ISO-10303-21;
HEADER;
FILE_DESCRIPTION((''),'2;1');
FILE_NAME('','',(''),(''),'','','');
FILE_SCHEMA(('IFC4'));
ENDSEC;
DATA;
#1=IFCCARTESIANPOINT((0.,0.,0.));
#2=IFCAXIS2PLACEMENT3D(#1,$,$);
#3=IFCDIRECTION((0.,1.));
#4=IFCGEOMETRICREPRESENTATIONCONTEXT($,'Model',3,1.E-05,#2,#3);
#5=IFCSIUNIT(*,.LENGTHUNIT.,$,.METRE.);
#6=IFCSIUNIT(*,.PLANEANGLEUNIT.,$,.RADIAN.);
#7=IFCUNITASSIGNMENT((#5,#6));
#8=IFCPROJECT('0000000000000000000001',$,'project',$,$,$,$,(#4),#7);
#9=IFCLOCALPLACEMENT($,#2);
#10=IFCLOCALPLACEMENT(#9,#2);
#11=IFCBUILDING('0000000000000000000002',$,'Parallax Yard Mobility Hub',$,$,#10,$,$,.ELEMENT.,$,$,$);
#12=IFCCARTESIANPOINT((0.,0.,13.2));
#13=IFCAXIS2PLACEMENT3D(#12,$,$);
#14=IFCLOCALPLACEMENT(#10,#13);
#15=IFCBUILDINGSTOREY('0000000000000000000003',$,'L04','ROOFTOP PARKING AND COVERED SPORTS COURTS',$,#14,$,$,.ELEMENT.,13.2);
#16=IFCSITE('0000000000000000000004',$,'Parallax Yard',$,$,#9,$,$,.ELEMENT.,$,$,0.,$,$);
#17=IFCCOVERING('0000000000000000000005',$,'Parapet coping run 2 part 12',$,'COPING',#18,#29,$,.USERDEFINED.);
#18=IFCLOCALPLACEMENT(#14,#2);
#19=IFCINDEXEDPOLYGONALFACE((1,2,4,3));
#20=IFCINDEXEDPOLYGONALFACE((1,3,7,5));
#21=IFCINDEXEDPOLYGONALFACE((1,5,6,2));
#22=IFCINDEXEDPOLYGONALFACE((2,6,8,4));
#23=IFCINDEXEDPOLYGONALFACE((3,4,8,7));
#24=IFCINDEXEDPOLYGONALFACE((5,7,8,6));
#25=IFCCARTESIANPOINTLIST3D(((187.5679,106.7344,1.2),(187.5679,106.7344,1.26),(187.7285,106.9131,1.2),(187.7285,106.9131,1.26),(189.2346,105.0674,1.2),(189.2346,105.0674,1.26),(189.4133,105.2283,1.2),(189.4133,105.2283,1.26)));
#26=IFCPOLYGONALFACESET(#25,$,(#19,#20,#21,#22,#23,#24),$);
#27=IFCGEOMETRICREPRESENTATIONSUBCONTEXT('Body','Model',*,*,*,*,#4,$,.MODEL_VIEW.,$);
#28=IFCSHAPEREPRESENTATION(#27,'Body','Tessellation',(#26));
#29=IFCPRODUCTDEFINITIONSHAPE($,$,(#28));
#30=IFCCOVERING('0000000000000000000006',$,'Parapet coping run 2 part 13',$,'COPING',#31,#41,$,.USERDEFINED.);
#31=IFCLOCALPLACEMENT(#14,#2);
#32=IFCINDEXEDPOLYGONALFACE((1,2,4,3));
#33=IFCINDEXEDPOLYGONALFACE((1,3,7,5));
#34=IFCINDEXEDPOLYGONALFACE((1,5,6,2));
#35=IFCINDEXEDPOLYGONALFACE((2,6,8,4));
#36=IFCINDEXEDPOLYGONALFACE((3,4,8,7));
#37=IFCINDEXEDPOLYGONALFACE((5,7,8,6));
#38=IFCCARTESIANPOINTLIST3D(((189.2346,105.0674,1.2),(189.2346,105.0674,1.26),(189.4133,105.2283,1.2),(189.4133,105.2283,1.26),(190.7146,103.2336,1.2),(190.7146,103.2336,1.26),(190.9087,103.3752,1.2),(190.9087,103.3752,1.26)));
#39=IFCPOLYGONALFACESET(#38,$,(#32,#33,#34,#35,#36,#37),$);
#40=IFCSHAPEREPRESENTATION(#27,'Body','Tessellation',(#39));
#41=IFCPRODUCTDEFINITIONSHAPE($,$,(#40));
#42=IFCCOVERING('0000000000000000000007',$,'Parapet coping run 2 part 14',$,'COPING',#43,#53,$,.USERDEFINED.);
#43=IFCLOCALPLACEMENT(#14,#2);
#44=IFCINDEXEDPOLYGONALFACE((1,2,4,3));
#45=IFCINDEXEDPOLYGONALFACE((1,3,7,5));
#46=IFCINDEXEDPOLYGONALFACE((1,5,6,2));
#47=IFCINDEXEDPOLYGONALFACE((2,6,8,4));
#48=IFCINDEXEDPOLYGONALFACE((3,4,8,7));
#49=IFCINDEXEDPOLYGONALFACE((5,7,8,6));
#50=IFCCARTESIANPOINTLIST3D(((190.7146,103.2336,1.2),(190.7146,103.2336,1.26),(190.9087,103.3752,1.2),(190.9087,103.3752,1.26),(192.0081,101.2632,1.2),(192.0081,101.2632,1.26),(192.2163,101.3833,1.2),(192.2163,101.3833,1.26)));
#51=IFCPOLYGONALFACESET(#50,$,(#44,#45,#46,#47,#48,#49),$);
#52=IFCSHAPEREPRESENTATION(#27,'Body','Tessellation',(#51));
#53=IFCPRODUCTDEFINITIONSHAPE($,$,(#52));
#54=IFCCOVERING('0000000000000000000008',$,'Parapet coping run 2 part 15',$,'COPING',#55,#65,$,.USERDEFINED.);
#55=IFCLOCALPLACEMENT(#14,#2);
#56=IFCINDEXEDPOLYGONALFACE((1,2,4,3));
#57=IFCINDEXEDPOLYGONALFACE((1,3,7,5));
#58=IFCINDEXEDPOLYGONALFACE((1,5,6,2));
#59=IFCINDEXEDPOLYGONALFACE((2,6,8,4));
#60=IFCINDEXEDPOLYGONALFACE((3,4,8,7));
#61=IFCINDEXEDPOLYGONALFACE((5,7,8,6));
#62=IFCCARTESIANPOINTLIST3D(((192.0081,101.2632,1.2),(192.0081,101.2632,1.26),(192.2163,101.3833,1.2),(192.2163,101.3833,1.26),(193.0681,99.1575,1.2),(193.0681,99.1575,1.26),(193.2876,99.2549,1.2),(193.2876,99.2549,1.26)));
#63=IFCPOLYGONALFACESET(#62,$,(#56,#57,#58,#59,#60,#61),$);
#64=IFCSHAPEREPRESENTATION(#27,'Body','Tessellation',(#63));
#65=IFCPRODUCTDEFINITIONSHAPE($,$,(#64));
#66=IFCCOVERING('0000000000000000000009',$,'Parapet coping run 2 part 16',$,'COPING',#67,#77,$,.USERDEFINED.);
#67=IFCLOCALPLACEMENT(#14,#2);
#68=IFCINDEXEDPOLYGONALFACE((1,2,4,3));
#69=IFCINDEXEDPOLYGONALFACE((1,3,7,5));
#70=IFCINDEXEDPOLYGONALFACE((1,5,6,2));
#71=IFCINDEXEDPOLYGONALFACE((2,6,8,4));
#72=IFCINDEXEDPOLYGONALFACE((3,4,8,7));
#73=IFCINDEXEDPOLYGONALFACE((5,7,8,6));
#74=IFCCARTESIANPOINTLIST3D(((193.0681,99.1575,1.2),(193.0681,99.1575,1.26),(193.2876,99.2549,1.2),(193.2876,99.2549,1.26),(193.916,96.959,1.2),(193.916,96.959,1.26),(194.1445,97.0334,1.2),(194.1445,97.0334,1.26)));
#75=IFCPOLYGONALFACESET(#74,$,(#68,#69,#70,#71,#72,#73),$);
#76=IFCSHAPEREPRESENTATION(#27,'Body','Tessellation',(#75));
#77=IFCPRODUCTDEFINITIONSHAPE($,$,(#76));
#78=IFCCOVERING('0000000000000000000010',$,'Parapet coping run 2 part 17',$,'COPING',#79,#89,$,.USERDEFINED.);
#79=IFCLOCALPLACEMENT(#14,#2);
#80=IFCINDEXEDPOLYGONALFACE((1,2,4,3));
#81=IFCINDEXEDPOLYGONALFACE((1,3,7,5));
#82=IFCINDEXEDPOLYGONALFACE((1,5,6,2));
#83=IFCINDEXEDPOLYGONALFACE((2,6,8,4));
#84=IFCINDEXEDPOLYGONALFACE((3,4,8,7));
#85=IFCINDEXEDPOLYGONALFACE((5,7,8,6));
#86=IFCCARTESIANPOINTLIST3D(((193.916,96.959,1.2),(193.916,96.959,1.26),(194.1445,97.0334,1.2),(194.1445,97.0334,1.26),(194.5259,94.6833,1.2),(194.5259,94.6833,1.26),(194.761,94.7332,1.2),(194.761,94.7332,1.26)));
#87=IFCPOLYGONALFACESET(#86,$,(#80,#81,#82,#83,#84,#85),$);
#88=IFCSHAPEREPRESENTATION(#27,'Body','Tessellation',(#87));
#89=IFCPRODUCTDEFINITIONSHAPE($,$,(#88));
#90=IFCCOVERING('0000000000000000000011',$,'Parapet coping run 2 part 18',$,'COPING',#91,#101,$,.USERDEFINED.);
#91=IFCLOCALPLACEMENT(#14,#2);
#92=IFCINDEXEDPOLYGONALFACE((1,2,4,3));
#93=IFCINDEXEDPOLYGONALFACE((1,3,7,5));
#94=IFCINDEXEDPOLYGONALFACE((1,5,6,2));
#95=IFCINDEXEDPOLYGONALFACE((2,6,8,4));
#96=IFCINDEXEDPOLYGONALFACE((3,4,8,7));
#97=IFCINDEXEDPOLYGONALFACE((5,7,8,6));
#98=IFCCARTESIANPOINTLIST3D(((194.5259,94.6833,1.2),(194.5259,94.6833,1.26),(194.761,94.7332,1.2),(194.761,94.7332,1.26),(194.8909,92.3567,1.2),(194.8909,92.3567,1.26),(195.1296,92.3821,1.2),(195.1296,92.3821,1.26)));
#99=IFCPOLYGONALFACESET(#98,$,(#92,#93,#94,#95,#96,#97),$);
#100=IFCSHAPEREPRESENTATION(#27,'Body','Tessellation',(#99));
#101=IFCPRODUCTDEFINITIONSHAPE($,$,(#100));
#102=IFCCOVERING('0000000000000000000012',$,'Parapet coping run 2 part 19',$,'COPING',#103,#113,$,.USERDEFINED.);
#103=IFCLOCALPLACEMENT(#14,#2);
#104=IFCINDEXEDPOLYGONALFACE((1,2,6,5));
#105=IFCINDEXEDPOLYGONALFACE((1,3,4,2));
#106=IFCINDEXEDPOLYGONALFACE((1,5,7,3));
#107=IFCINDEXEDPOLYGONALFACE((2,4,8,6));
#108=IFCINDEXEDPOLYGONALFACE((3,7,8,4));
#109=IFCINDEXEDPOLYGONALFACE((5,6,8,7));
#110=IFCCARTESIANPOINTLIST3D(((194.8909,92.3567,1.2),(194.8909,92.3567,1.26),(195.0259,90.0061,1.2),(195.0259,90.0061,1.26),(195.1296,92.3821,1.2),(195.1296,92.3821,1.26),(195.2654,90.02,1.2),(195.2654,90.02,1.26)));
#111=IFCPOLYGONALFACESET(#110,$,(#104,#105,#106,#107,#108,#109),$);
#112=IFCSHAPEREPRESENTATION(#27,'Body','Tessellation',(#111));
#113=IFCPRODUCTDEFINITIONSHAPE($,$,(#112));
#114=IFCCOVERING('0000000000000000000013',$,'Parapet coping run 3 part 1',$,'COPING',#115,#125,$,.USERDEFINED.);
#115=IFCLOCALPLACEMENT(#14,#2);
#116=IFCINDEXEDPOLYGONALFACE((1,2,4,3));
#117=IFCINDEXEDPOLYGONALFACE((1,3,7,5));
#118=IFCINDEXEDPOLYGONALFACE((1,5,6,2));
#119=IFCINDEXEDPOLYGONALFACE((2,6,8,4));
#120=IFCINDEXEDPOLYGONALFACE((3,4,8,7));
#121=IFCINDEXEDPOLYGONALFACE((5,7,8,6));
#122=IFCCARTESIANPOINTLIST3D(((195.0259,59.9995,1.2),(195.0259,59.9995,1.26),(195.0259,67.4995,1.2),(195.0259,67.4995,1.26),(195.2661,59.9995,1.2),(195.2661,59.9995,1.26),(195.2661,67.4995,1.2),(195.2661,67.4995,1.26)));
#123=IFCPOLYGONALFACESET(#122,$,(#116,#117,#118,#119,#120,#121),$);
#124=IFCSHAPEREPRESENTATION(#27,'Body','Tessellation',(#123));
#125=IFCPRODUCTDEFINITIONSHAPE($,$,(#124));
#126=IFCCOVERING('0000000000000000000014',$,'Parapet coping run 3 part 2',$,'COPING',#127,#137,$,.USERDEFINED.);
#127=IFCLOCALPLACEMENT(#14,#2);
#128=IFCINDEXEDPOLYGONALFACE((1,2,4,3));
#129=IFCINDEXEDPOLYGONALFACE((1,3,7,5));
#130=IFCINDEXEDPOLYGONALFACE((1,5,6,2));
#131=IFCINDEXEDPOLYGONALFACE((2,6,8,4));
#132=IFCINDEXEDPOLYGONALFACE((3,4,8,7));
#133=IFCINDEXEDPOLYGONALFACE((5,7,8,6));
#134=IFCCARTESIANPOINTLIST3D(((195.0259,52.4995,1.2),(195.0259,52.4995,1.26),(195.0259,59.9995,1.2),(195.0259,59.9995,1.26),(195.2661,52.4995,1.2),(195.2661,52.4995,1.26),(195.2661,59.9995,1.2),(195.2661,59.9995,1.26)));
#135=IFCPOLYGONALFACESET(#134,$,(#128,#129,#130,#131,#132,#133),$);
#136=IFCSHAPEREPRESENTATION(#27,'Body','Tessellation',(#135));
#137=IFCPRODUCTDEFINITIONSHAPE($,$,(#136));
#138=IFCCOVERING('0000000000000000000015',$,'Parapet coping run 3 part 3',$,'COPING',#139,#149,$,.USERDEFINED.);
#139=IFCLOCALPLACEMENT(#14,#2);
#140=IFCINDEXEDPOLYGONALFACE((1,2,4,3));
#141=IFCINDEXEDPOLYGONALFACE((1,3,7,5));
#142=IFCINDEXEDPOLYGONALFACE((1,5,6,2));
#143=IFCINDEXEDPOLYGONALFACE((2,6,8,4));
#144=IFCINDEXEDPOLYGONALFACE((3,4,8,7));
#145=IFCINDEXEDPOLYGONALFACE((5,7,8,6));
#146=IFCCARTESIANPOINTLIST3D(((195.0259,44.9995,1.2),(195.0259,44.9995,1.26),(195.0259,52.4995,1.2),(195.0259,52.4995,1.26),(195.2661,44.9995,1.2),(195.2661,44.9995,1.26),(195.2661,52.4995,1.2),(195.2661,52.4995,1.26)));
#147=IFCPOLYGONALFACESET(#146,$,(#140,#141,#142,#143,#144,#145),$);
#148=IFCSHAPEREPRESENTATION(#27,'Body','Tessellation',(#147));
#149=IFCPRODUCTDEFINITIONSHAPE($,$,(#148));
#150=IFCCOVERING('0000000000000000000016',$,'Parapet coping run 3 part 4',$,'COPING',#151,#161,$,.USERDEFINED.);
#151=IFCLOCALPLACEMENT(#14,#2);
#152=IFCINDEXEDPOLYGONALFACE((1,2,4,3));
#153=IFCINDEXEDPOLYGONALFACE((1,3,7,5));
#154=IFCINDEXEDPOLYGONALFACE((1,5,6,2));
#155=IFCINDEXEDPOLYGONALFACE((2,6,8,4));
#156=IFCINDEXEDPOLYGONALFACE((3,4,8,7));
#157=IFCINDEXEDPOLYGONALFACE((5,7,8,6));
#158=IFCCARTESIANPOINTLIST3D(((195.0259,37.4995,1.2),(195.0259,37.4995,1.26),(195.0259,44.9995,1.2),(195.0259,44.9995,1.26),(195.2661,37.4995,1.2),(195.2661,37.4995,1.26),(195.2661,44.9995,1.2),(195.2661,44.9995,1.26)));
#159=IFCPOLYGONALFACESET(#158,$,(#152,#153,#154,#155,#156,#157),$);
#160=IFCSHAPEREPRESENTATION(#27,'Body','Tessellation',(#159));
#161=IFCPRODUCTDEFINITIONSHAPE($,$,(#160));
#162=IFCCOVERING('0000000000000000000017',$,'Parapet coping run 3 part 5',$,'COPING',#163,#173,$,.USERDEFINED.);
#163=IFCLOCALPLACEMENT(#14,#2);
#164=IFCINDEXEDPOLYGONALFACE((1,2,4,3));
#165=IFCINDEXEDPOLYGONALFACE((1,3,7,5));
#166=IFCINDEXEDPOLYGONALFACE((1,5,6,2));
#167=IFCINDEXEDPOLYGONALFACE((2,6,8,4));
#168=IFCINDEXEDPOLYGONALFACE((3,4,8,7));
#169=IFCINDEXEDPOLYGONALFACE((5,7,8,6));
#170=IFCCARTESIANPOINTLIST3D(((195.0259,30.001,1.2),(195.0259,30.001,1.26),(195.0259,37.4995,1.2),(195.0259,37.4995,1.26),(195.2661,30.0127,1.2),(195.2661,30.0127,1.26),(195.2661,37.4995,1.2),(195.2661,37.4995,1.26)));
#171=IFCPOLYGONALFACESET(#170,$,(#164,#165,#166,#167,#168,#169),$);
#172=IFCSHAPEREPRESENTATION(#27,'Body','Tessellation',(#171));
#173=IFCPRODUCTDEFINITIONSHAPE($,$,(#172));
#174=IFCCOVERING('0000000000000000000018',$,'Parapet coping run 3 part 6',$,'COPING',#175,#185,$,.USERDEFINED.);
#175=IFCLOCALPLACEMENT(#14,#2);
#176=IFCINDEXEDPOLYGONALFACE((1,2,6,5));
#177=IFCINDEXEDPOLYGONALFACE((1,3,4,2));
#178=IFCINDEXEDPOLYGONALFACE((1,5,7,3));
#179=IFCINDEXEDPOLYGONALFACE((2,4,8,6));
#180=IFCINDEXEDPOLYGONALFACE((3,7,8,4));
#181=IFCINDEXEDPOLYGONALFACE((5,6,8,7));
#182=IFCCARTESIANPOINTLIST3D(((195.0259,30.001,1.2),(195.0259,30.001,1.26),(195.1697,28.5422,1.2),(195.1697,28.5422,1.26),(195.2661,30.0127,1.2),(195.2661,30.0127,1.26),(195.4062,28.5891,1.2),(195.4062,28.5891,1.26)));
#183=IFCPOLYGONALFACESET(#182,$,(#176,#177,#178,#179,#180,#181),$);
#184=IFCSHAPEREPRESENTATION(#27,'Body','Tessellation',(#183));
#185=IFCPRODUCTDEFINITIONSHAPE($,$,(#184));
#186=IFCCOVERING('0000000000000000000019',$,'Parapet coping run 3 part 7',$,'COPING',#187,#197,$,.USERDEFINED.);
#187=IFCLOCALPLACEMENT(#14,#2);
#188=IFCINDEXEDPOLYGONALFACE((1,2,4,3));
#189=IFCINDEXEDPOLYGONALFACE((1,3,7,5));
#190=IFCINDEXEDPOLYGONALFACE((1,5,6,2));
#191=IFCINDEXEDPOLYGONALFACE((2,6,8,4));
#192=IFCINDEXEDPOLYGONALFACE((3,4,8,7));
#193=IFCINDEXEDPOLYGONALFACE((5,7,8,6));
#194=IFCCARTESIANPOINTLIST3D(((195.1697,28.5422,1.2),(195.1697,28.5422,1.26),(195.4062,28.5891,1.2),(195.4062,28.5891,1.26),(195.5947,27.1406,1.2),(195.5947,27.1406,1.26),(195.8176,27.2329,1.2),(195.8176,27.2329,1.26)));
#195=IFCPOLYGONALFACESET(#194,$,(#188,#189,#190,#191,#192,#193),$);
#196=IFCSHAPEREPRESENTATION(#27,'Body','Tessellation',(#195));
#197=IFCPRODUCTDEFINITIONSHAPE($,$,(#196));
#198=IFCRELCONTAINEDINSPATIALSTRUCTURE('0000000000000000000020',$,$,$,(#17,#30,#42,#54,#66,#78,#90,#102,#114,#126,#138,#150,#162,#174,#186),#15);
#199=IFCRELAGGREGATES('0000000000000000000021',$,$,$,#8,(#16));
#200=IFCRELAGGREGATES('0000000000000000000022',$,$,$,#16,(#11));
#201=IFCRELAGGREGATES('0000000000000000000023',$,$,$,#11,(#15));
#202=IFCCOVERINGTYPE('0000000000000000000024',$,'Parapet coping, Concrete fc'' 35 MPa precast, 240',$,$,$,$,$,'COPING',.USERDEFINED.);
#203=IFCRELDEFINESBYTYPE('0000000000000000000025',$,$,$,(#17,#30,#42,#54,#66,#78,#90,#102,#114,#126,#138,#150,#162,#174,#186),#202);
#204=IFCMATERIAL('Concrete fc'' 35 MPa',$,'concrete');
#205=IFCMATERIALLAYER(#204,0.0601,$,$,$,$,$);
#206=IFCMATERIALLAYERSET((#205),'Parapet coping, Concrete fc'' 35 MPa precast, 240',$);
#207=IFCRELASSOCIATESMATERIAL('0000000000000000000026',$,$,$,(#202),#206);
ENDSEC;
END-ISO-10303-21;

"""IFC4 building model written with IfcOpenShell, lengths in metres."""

from ifc_helpers import new_model, si_unit, direction, frame, origin, place, context, subcontext, project, spatial, polyline, outline, extrude, material, layer, layer_set, type_object, element, save


model = new_model("IFC4")

# Units and contexts
model_context = context("Model", 3, precision=1e-05, world=origin(), true_north=direction((0.0, 1.0)))
body_context = subcontext(model_context, "Body", "Model", "MODEL_VIEW")
ifc_project = project(units=[si_unit("LENGTHUNIT", "METRE"), si_unit("PLANEANGLEUNIT", "RADIAN")], contexts=[model_context])

# Site, building, storey
site_placement = place(None, origin())
site = spatial("IfcSite", under=ifc_project, at=site_placement, Name="Parallax Yard", CompositionType="ELEMENT", RefElevation=0.0)
building_placement = place(site_placement, origin())
building = spatial("IfcBuilding", under=site, at=building_placement, Name="Parallax Yard Mobility Hub", CompositionType="ELEMENT")
storey_placement = place(building_placement, frame((0.0, 0.0, 13.2)))
storey = spatial("IfcBuildingStorey", under=building, at=storey_placement, Name="L04", Description="ROOFTOP PARKING AND COVERED SPORTS COURTS", CompositionType="ELEMENT", Elevation=13.2)

# Coverings
ifc_material = material(Name="Concrete fc' 35 MPa", Category="concrete")
ifc_layer = layer(ifc_material, 0.0601)
ifc_layer_set = layer_set([ifc_layer], Name="Parapet coping, Concrete fc' 35 MPa precast, 240")
covering_type = type_object("IfcCoveringType", Name="Parapet coping, Concrete fc' 35 MPa precast, 240", ElementType="COPING", PredefinedType="USERDEFINED", material=ifc_layer_set)
covering_1_placement = place(storey_placement, frame((0.0, 0.0, 1.2)))
element("IfcCovering", 1, at=covering_1_placement, inside=storey, type_object=covering_type, Name="Parapet coping run 2 part 12", ObjectType="COPING", PredefinedType="USERDEFINED", context=body_context, shape_type="SweptSolid", body=[
    extrude(outline(polyline([(187.7285, 106.9131), (187.5679, 106.7344), (189.2346, 105.0674), (189.4133, 105.2283), (187.7285, 106.9131)])), origin(), (0.0, 0.0, 1.0), 0.0601),
])
covering_2_placement = place(storey_placement, frame((0.0, 0.0, 1.2)))
element("IfcCovering", 2, at=covering_2_placement, inside=storey, type_object=covering_type, Name="Parapet coping run 2 part 13", ObjectType="COPING", PredefinedType="USERDEFINED", context=body_context, shape_type="SweptSolid", body=[
    extrude(outline(polyline([(189.4133, 105.2283), (189.2346, 105.0674), (190.7146, 103.2336), (190.9087, 103.3752), (189.4133, 105.2283)])), origin(), (0.0, 0.0, 1.0), 0.0601),
])
covering_3_placement = place(storey_placement, frame((0.0, 0.0, 1.2)))
element("IfcCovering", 3, at=covering_3_placement, inside=storey, type_object=covering_type, Name="Parapet coping run 2 part 14", ObjectType="COPING", PredefinedType="USERDEFINED", context=body_context, shape_type="SweptSolid", body=[
    extrude(outline(polyline([(190.9087, 103.3752), (190.7146, 103.2336), (192.0081, 101.2632), (192.2163, 101.3833), (190.9087, 103.3752)])), origin(), (0.0, 0.0, 1.0), 0.0601),
])
covering_4_placement = place(storey_placement, frame((0.0, 0.0, 1.2)))
element("IfcCovering", 4, at=covering_4_placement, inside=storey, type_object=covering_type, Name="Parapet coping run 2 part 15", ObjectType="COPING", PredefinedType="USERDEFINED", context=body_context, shape_type="SweptSolid", body=[
    extrude(outline(polyline([(192.2163, 101.3833), (192.0081, 101.2632), (193.0681, 99.1575), (193.2876, 99.2549), (192.2163, 101.3833)])), origin(), (0.0, 0.0, 1.0), 0.0601),
])
covering_5_placement = place(storey_placement, frame((0.0, 0.0, 1.2)))
element("IfcCovering", 5, at=covering_5_placement, inside=storey, type_object=covering_type, Name="Parapet coping run 2 part 16", ObjectType="COPING", PredefinedType="USERDEFINED", context=body_context, shape_type="SweptSolid", body=[
    extrude(outline(polyline([(193.2876, 99.2549), (193.0681, 99.1575), (193.916, 96.959), (194.1445, 97.0334), (193.2876, 99.2549)])), origin(), (0.0, 0.0, 1.0), 0.0601),
])
covering_6_placement = place(storey_placement, frame((0.0, 0.0, 1.2)))
element("IfcCovering", 6, at=covering_6_placement, inside=storey, type_object=covering_type, Name="Parapet coping run 2 part 17", ObjectType="COPING", PredefinedType="USERDEFINED", context=body_context, shape_type="SweptSolid", body=[
    extrude(outline(polyline([(194.1445, 97.0334), (193.916, 96.959), (194.5259, 94.6833), (194.761, 94.7332), (194.1445, 97.0334)])), origin(), (0.0, 0.0, 1.0), 0.0601),
])
covering_7_placement = place(storey_placement, frame((0.0, 0.0, 1.2)))
element("IfcCovering", 7, at=covering_7_placement, inside=storey, type_object=covering_type, Name="Parapet coping run 2 part 18", ObjectType="COPING", PredefinedType="USERDEFINED", context=body_context, shape_type="SweptSolid", body=[
    extrude(outline(polyline([(194.761, 94.7332), (194.5259, 94.6833), (194.8909, 92.3567), (195.1296, 92.3821), (194.761, 94.7332)])), origin(), (0.0, 0.0, 1.0), 0.0601),
])
covering_8_placement = place(storey_placement, frame((0.0, 0.0, 1.2)))
element("IfcCovering", 8, at=covering_8_placement, inside=storey, type_object=covering_type, Name="Parapet coping run 2 part 19", ObjectType="COPING", PredefinedType="USERDEFINED", context=body_context, shape_type="SweptSolid", body=[
    extrude(outline(polyline([(195.1296, 92.3821), (194.8909, 92.3567), (195.0259, 90.0061), (195.2654, 90.02), (195.1296, 92.3821)])), origin(), (0.0, 0.0, 1.0), 0.0601),
])
covering_9_placement = place(storey_placement, frame((0.0, 0.0, 1.2)))
element("IfcCovering", 9, at=covering_9_placement, inside=storey, type_object=covering_type, Name="Parapet coping run 3 part 1", ObjectType="COPING", PredefinedType="USERDEFINED", context=body_context, shape_type="SweptSolid", body=[
    extrude(outline(polyline([(195.2661, 67.4995), (195.0259, 67.4995), (195.0259, 59.9995), (195.2661, 59.9995), (195.2661, 67.4995)])), origin(), (0.0, 0.0, 1.0), 0.0601),
])
covering_10_placement = place(storey_placement, frame((0.0, 0.0, 1.2)))
element("IfcCovering", 10, at=covering_10_placement, inside=storey, type_object=covering_type, Name="Parapet coping run 3 part 2", ObjectType="COPING", PredefinedType="USERDEFINED", context=body_context, shape_type="SweptSolid", body=[
    extrude(outline(polyline([(195.2661, 59.9995), (195.0259, 59.9995), (195.0259, 52.4995), (195.2661, 52.4995), (195.2661, 59.9995)])), origin(), (0.0, 0.0, 1.0), 0.0601),
])
covering_11_placement = place(storey_placement, frame((0.0, 0.0, 1.2)))
element("IfcCovering", 11, at=covering_11_placement, inside=storey, type_object=covering_type, Name="Parapet coping run 3 part 3", ObjectType="COPING", PredefinedType="USERDEFINED", context=body_context, shape_type="SweptSolid", body=[
    extrude(outline(polyline([(195.2661, 52.4995), (195.0259, 52.4995), (195.0259, 44.9995), (195.2661, 44.9995), (195.2661, 52.4995)])), origin(), (0.0, 0.0, 1.0), 0.0601),
])
covering_12_placement = place(storey_placement, frame((0.0, 0.0, 1.2)))
element("IfcCovering", 12, at=covering_12_placement, inside=storey, type_object=covering_type, Name="Parapet coping run 3 part 4", ObjectType="COPING", PredefinedType="USERDEFINED", context=body_context, shape_type="SweptSolid", body=[
    extrude(outline(polyline([(195.2661, 44.9995), (195.0259, 44.9995), (195.0259, 37.4995), (195.2661, 37.4995), (195.2661, 44.9995)])), origin(), (0.0, 0.0, 1.0), 0.0601),
])
covering_13_placement = place(storey_placement, frame((0.0, 0.0, 1.2)))
element("IfcCovering", 13, at=covering_13_placement, inside=storey, type_object=covering_type, Name="Parapet coping run 3 part 5", ObjectType="COPING", PredefinedType="USERDEFINED", context=body_context, shape_type="SweptSolid", body=[
    extrude(outline(polyline([(195.2661, 37.4995), (195.0259, 37.4995), (195.0259, 30.001), (195.2661, 30.0127), (195.2661, 37.4995)])), origin(), (0.0, 0.0, 1.0), 0.0601),
])
covering_14_placement = place(storey_placement, frame((0.0, 0.0, 1.2)))
element("IfcCovering", 14, at=covering_14_placement, inside=storey, type_object=covering_type, Name="Parapet coping run 3 part 6", ObjectType="COPING", PredefinedType="USERDEFINED", context=body_context, shape_type="SweptSolid", body=[
    extrude(outline(polyline([(195.2661, 30.0127), (195.0259, 30.001), (195.1697, 28.5422), (195.4062, 28.5891), (195.2661, 30.0127)])), origin(), (0.0, 0.0, 1.0), 0.0601),
])
covering_15_placement = place(storey_placement, frame((0.0, 0.0, 1.2)))
element("IfcCovering", 15, at=covering_15_placement, inside=storey, type_object=covering_type, Name="Parapet coping run 3 part 7", ObjectType="COPING", PredefinedType="USERDEFINED", context=body_context, shape_type="SweptSolid", body=[
    extrude(outline(polyline([(195.4062, 28.5891), (195.1697, 28.5422), (195.5947, 27.1406), (195.8176, 27.2329), (195.4062, 28.5891)])), origin(), (0.0, 0.0, 1.0), 0.0601),
])

save(model, "model.ifc")
